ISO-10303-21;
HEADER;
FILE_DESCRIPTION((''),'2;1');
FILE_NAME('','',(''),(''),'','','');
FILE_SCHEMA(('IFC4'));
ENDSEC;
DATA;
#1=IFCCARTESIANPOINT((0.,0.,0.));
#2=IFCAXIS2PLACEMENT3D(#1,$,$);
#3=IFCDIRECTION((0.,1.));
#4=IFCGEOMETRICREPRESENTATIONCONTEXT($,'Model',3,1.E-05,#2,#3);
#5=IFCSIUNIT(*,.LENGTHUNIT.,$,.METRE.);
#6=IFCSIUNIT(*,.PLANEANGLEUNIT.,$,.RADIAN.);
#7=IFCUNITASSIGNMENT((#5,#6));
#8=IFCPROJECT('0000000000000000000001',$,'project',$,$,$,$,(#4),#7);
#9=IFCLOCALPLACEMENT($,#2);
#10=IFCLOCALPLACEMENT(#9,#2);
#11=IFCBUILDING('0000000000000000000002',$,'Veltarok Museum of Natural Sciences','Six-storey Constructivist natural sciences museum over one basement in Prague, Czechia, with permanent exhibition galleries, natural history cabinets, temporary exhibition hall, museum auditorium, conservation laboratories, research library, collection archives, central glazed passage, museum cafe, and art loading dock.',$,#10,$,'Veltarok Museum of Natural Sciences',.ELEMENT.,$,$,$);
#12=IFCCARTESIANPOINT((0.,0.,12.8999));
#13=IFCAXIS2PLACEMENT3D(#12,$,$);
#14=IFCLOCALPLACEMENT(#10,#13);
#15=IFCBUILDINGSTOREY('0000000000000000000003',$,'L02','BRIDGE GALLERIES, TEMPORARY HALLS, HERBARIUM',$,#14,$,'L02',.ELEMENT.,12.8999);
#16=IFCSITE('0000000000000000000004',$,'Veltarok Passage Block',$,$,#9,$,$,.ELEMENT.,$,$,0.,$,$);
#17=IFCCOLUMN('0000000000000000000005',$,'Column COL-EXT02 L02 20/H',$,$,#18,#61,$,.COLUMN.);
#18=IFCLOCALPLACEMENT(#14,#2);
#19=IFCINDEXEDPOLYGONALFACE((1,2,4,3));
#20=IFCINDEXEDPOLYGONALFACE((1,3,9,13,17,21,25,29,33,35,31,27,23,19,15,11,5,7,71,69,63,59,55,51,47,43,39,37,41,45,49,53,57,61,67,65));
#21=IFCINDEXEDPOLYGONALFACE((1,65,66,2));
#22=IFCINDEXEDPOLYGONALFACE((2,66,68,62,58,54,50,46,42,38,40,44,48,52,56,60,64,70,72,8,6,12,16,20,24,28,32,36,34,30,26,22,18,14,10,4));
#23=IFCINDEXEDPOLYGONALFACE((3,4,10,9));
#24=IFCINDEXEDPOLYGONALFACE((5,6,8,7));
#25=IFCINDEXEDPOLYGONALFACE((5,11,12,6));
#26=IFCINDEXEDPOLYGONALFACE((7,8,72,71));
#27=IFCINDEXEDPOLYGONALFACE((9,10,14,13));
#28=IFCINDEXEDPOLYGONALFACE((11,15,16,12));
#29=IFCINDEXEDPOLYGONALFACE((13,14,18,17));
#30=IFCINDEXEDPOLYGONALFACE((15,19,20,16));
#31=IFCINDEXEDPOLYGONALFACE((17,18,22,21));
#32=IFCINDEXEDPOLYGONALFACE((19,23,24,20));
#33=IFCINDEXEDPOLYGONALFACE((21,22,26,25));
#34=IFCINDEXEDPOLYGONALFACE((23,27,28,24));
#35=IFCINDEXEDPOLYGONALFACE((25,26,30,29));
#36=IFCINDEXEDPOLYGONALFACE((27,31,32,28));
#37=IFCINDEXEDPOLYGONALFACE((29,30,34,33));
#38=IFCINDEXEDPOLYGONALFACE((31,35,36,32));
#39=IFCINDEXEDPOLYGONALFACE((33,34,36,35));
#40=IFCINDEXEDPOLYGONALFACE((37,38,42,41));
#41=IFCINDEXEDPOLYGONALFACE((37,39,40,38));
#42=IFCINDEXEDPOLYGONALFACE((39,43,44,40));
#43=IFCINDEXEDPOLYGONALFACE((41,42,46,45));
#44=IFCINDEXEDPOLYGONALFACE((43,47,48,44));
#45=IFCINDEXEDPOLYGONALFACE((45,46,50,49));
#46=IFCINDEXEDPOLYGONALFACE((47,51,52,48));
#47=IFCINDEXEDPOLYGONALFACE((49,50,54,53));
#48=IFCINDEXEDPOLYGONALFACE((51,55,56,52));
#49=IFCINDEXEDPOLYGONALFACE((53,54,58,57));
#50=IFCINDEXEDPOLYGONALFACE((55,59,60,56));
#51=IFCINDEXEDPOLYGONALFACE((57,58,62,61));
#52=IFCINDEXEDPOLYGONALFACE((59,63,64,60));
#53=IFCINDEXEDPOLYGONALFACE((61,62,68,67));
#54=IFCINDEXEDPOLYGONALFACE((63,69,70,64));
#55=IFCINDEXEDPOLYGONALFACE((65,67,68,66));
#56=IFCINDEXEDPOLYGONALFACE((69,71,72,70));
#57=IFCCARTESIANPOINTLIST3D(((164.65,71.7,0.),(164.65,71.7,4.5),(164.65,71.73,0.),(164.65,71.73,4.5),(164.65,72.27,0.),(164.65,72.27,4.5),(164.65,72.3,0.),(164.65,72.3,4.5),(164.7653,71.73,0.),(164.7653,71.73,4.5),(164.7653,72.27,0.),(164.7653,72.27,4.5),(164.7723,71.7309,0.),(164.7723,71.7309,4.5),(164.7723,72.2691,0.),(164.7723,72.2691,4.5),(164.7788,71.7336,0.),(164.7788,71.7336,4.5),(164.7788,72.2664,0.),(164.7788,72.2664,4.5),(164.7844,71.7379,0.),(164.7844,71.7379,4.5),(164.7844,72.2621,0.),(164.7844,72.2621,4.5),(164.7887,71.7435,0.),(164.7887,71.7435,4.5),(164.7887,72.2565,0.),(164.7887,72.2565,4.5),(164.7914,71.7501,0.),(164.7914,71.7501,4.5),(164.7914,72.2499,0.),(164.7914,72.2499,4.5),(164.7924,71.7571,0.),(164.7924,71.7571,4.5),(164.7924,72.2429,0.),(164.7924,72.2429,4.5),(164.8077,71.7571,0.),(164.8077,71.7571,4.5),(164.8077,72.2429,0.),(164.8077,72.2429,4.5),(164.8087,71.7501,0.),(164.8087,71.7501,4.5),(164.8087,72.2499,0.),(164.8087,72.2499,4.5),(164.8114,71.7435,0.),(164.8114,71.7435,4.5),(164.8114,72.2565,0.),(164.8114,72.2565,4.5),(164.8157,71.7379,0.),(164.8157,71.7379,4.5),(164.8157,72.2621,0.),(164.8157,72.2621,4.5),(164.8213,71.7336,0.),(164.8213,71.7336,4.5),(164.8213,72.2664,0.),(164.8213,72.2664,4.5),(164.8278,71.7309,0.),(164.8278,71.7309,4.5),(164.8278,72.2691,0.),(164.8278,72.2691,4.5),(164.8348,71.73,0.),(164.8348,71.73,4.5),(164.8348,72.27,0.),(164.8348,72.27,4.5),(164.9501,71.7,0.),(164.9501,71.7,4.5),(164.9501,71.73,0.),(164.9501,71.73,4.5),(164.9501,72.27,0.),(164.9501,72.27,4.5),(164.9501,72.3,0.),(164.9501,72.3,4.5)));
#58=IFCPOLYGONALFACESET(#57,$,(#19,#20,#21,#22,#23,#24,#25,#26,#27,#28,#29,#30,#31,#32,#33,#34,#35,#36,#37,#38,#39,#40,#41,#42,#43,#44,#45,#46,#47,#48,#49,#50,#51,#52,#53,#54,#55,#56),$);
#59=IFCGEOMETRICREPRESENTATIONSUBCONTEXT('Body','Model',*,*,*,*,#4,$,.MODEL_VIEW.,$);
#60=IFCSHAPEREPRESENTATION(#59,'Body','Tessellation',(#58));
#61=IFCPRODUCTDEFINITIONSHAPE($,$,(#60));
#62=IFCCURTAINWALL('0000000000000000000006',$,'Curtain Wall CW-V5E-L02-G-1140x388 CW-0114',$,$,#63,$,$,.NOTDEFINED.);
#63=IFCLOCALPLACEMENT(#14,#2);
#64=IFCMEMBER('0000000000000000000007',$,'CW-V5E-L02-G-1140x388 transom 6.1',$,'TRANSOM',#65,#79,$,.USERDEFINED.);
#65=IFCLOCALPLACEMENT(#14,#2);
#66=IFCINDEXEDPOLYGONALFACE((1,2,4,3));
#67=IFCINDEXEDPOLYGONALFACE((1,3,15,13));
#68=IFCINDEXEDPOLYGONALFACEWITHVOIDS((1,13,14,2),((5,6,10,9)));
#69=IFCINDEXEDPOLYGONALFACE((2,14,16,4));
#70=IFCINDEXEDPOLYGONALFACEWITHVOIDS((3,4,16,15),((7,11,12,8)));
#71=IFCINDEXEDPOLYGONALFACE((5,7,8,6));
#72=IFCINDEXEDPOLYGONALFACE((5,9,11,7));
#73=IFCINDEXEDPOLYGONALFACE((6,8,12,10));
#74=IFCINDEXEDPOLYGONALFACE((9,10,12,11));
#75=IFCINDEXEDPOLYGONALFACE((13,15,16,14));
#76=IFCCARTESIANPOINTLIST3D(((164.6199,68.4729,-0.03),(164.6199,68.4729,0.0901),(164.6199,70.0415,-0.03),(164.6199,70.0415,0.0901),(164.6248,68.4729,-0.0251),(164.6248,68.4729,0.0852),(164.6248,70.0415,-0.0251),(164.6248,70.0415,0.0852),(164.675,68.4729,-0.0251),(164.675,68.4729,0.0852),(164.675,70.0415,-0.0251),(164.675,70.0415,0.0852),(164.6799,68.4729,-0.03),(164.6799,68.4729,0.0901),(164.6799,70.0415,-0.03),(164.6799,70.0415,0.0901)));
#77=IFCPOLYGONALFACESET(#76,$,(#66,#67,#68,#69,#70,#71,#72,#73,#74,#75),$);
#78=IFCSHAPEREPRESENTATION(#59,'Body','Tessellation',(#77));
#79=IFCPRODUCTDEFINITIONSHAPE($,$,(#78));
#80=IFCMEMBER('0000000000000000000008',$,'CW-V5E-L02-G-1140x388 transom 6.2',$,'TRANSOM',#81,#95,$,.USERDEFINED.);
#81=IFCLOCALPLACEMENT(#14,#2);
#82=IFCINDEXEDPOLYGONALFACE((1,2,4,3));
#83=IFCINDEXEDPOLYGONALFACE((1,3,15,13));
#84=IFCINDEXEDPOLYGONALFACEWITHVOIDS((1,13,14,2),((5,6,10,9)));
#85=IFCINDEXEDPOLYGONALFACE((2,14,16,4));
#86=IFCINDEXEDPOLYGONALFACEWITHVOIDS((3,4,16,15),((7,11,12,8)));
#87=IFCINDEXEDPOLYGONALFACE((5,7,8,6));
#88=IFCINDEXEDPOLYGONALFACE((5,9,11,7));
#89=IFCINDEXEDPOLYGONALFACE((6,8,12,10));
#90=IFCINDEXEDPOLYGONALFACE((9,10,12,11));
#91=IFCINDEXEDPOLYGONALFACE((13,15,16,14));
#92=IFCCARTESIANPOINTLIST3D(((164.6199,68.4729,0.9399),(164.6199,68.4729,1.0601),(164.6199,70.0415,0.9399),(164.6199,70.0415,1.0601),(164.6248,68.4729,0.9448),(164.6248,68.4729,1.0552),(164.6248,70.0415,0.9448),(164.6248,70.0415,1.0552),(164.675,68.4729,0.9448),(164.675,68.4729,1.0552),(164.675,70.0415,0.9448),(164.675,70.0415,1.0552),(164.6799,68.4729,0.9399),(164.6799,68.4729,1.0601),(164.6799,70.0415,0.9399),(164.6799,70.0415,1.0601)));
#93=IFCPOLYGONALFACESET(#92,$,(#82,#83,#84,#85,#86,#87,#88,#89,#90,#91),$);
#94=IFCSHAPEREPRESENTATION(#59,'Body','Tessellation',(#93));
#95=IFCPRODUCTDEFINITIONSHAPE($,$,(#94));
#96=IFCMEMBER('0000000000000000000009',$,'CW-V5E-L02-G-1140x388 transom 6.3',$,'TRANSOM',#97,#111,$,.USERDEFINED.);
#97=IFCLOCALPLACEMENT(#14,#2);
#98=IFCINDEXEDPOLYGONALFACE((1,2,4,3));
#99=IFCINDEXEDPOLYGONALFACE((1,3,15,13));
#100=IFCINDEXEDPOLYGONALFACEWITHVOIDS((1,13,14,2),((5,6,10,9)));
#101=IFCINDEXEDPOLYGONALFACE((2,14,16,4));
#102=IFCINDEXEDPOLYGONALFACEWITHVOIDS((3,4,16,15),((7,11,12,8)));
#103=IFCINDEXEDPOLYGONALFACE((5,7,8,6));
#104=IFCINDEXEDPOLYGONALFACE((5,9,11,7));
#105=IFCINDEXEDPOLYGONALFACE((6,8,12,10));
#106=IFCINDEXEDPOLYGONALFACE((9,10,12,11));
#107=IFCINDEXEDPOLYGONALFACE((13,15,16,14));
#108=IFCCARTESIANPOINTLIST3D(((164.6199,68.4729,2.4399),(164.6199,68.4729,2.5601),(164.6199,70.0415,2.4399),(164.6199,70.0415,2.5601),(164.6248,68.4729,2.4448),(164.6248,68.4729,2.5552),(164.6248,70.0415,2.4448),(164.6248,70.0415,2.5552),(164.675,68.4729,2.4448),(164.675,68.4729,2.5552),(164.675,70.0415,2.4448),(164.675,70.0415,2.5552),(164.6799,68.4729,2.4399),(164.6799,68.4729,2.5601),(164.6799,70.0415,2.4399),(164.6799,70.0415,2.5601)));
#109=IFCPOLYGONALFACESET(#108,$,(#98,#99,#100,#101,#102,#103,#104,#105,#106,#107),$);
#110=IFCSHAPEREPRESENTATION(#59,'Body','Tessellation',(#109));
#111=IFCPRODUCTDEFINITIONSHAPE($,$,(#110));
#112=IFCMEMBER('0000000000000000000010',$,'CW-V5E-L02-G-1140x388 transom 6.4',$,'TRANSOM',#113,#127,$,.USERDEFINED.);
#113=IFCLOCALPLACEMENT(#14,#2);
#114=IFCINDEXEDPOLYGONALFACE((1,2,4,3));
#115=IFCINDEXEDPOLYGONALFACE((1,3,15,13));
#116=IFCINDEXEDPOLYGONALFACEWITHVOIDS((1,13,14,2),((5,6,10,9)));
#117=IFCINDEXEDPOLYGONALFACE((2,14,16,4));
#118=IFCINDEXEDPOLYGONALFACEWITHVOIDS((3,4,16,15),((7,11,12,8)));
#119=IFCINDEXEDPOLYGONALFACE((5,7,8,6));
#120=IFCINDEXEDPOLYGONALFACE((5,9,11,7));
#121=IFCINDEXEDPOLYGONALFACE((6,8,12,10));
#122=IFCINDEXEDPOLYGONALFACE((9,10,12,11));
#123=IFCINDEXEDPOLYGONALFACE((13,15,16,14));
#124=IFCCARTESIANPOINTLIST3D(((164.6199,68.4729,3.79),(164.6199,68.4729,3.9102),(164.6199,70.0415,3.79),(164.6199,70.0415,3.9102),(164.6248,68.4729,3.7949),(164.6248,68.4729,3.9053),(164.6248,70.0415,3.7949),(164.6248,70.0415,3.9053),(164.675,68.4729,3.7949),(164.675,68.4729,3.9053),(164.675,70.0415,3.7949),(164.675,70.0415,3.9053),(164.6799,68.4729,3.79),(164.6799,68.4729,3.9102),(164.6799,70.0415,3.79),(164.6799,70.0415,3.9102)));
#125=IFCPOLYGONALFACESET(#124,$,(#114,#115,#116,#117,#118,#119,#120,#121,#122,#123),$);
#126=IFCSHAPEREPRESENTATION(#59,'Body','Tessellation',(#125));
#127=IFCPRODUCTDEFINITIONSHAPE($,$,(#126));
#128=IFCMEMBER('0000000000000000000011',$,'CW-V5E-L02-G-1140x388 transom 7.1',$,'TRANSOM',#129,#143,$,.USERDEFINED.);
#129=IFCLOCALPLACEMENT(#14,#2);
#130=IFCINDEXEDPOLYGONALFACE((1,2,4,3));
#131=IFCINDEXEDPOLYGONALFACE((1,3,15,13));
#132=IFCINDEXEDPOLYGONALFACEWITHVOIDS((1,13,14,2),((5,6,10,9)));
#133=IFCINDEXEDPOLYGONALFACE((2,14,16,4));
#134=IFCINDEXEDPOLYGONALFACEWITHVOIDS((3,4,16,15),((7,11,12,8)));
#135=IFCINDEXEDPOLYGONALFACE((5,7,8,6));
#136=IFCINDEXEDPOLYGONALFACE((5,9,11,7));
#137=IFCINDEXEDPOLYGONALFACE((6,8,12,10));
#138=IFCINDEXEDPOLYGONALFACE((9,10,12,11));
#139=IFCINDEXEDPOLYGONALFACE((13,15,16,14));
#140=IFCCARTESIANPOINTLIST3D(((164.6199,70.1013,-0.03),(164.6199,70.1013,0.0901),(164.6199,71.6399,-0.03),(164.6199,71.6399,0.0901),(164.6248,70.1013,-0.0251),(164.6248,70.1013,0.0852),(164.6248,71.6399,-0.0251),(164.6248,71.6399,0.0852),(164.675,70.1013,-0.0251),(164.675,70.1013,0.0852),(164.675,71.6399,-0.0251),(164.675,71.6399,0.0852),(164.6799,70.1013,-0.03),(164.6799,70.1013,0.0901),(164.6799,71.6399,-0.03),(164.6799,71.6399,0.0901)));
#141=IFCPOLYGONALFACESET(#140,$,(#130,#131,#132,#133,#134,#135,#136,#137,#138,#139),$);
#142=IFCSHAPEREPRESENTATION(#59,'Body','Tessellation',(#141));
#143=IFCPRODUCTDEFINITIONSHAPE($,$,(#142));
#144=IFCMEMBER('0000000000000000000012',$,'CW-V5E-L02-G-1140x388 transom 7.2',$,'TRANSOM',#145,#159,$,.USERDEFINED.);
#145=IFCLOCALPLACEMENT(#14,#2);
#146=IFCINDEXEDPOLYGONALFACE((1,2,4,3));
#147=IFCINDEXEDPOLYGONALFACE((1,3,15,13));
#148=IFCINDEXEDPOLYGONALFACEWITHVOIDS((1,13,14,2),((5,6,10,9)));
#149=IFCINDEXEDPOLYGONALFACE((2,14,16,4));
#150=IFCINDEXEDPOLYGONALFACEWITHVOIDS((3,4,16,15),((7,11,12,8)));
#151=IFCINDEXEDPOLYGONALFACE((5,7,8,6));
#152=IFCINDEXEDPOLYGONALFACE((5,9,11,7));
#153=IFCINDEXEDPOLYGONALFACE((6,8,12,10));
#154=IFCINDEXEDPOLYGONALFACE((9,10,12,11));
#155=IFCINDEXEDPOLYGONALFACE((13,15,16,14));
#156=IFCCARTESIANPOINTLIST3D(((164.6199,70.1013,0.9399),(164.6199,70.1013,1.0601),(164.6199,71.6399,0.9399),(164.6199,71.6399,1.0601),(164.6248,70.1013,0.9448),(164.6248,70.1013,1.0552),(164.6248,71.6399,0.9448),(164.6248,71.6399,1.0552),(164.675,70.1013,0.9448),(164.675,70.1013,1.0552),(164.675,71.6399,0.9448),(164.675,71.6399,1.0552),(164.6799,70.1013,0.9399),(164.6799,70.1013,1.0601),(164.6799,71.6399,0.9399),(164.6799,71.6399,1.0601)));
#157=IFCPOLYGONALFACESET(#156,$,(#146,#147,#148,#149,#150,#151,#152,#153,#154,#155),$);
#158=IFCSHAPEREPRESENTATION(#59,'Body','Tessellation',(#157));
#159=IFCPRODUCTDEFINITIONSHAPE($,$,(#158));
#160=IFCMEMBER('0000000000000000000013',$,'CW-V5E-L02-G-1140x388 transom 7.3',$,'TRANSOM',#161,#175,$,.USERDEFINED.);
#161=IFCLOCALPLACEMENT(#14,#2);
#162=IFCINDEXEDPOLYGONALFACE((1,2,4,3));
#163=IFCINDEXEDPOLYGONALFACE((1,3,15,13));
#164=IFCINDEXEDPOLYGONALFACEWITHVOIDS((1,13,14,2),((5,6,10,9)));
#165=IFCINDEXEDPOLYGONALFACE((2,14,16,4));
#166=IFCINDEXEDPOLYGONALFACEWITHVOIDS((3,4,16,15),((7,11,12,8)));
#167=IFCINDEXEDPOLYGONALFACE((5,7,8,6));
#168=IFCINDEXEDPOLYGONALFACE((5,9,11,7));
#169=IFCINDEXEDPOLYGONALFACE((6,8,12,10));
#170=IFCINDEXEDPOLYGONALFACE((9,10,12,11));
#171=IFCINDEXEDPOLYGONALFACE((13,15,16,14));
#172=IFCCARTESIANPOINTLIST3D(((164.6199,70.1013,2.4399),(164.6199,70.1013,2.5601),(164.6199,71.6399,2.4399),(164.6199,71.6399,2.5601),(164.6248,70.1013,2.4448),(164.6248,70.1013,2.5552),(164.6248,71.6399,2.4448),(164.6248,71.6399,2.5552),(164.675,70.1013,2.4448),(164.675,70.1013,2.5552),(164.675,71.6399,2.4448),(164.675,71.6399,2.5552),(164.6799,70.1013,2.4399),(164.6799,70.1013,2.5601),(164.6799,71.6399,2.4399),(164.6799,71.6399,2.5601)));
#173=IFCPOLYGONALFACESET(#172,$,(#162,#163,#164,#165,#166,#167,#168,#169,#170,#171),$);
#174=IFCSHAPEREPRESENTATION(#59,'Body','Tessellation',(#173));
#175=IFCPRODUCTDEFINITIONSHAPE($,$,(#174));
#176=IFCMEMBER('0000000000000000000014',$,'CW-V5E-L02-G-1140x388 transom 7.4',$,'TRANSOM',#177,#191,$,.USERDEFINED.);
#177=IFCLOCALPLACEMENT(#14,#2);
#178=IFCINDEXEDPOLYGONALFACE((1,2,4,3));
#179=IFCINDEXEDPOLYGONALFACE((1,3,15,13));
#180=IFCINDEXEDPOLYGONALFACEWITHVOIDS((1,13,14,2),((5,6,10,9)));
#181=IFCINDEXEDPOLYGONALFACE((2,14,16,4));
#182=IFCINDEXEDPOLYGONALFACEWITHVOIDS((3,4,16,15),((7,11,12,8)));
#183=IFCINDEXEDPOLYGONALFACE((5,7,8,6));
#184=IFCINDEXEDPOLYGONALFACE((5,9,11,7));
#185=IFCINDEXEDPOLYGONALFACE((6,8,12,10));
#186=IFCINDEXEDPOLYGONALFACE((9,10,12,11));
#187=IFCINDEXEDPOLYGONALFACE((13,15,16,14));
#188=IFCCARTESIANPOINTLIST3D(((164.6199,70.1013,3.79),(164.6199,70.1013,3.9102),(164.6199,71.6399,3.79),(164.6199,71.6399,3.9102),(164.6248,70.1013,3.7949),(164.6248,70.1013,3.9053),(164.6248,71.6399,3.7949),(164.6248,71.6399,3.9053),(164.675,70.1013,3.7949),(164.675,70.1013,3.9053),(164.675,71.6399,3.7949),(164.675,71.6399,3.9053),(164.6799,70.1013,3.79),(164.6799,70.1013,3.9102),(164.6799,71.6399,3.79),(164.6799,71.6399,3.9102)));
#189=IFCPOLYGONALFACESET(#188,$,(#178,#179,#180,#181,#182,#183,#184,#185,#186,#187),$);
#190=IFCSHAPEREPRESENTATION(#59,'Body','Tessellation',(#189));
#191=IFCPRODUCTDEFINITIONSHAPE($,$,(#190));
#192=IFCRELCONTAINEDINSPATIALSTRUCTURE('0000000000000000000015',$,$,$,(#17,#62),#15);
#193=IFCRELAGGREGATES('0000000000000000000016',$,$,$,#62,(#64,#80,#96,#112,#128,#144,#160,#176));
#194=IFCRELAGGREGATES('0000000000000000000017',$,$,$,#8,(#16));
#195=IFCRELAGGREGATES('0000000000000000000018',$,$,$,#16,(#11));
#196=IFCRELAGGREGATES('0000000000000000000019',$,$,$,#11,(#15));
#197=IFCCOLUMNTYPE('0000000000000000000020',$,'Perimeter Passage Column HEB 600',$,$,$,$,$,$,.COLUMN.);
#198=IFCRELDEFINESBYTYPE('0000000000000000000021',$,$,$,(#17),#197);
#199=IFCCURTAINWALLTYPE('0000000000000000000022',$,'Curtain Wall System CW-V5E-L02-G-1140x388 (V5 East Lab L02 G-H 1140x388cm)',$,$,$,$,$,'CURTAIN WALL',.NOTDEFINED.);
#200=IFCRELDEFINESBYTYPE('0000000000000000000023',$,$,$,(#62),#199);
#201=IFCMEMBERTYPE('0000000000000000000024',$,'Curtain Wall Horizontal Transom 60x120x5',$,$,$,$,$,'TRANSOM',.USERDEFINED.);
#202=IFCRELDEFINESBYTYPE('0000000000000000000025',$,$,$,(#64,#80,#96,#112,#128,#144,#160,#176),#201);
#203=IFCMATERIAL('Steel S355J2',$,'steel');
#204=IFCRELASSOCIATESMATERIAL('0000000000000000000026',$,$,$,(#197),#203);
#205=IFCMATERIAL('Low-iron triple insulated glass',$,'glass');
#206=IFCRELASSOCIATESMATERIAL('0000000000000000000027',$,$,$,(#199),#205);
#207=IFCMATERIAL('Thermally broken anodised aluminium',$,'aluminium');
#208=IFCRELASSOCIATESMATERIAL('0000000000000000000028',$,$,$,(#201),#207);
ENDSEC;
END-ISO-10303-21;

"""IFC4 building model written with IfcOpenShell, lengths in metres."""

from ifc_helpers import new_model, si_unit, direction, frame, origin, origin_2d, place, context, subcontext, project, spatial, hollow_rectangle, i_section, extrude, material, material_profile, profile_set, type_object, element, aggregate, save


model = new_model("IFC4")

# Units and contexts
model_context = context("Model", 3, precision=1e-05, world=origin(), true_north=direction((0.0, 1.0)))
body_context = subcontext(model_context, "Body", "Model", "MODEL_VIEW")
ifc_project = project(units=[si_unit("LENGTHUNIT", "METRE"), si_unit("PLANEANGLEUNIT", "RADIAN")], contexts=[model_context])

# Site, building, storey
site_placement = place(None, origin())
site = spatial("IfcSite", under=ifc_project, at=site_placement, Name="Veltarok Passage Block", CompositionType="ELEMENT", RefElevation=0.0)
building_placement = place(site_placement, origin())
building = spatial("IfcBuilding", under=site, at=building_placement, Name="Veltarok Museum of Natural Sciences", Description="Six-storey Constructivist natural sciences museum over one basement in Prague, Czechia, with permanent exhibition galleries, natural history cabinets, temporary exhibition hall, museum auditorium, conservation laboratories, research library, collection archives, central glazed passage, museum cafe, and art loading dock.", LongName="Veltarok Museum of Natural Sciences", CompositionType="ELEMENT")
storey_placement = place(building_placement, frame((0.0, 0.0, 12.8999)))
storey = spatial("IfcBuildingStorey", under=building, at=storey_placement, Name="L02", Description="BRIDGE GALLERIES, TEMPORARY HALLS, HERBARIUM", LongName="L02", CompositionType="ELEMENT", Elevation=12.8999)

# Column
ifc_material_1 = material(Name="Steel S355J2", Category="steel")
ifc_material_profile_1 = material_profile(ifc_material_1, i_section(OverallWidth=0.3, OverallDepth=0.6001, WebThickness=0.0154, FlangeThickness=0.03, FilletRadius=0.0271, at=origin_2d()), Name="HEB 600")
ifc_profile_set_1 = profile_set([ifc_material_profile_1], Name="Steel S355J2")
column_type = type_object("IfcColumnType", Name="Perimeter Passage Column HEB 600", PredefinedType="COLUMN", material=ifc_profile_set_1)
column_placement = place(storey_placement, frame((164.8, 72.0, 0.0), z_axis=(0.0, 0.0, 1.0), x_axis=(1.0, 0.0, 0.0)))
element("IfcColumn", 1, at=column_placement, inside=storey, type_object=column_type, Name="Column COL-EXT02 L02 20/H", PredefinedType="COLUMN", context=body_context, shape_type="SweptSolid", body=[
    extrude(i_section(OverallWidth=0.3, OverallDepth=0.6001, WebThickness=0.0154, FlangeThickness=0.03, FilletRadius=0.0271, at=origin_2d()), origin(), (0.0, 0.0, 1.0), 4.5),
])

# Curtain wall, members
ifc_material_2 = material(Name="Low-iron triple insulated glass", Category="glass")
curtain_wall_type_1 = type_object("IfcCurtainWallType", Name="Curtain Wall System CW-V5E-L02-G-1140x388 (V5 East Lab L02 G-H 1140x388cm)", ElementType="CURTAIN WALL", PredefinedType="NOTDEFINED", material=ifc_material_2)
curtain_wall_1_placement = place(storey_placement, origin())
curtain_wall_1 = element("IfcCurtainWall", 2, at=curtain_wall_1_placement, inside=storey, type_object=curtain_wall_type_1, Name="Curtain Wall CW-V5E-L02-G-1140x388 CW-0114", PredefinedType="NOTDEFINED")
ifc_material_3 = material(Name="Thermally broken anodised aluminium", Category="aluminium")
ifc_material_profile_2 = material_profile(ifc_material_3, hollow_rectangle(XDim=0.0601, YDim=0.1201, WallThickness=0.0049, at=origin_2d()), Name="CW TRANSOM 60x120x5")
ifc_profile_set_2 = profile_set([ifc_material_profile_2], Name="Thermally broken anodised aluminium")
member_type_1 = type_object("IfcMemberType", Name="Curtain Wall Horizontal Transom 60x120x5", ElementType="TRANSOM", PredefinedType="USERDEFINED", material=ifc_profile_set_2)
member_1_placement = place(storey_placement, frame((164.6499, 68.4729, 0.03), z_axis=(0.0, 1.0, 0.0), x_axis=(-1.0, 0.0, 0.0)))
member_1 = element("IfcMember", 3, at=member_1_placement, type_object=member_type_1, Name="CW-V5E-L02-G-1140x388 transom 6.1", ObjectType="TRANSOM", PredefinedType="USERDEFINED", context=body_context, shape_type="SweptSolid", body=[
    extrude(hollow_rectangle(XDim=0.0601, YDim=0.1201, WallThickness=0.0049, at=origin_2d()), origin(), (0.0, 0.0, 1.0), 1.5686),
])
member_2_placement = place(storey_placement, frame((164.6499, 68.4729, 1.0), z_axis=(0.0, 1.0, 0.0), x_axis=(-1.0, 0.0, 0.0)))
member_2 = element("IfcMember", 4, at=member_2_placement, type_object=member_type_1, Name="CW-V5E-L02-G-1140x388 transom 6.2", ObjectType="TRANSOM", PredefinedType="USERDEFINED", context=body_context, shape_type="SweptSolid", body=[
    extrude(hollow_rectangle(XDim=0.0601, YDim=0.1201, WallThickness=0.0049, at=origin_2d()), origin(), (0.0, 0.0, 1.0), 1.5686),
])
member_3_placement = place(storey_placement, frame((164.6499, 68.4729, 2.5), z_axis=(0.0, 1.0, 0.0), x_axis=(-1.0, 0.0, 0.0)))
member_3 = element("IfcMember", 5, at=member_3_placement, type_object=member_type_1, Name="CW-V5E-L02-G-1140x388 transom 6.3", ObjectType="TRANSOM", PredefinedType="USERDEFINED", context=body_context, shape_type="SweptSolid", body=[
    extrude(hollow_rectangle(XDim=0.0601, YDim=0.1201, WallThickness=0.0049, at=origin_2d()), origin(), (0.0, 0.0, 1.0), 1.5686),
])
member_4_placement = place(storey_placement, frame((164.6499, 68.4729, 3.8501), z_axis=(0.0, 1.0, 0.0), x_axis=(-1.0, 0.0, 0.0)))
member_4 = element("IfcMember", 6, at=member_4_placement, type_object=member_type_1, Name="CW-V5E-L02-G-1140x388 transom 6.4", ObjectType="TRANSOM", PredefinedType="USERDEFINED", context=body_context, shape_type="SweptSolid", body=[
    extrude(hollow_rectangle(XDim=0.0601, YDim=0.1201, WallThickness=0.0049, at=origin_2d()), origin(), (0.0, 0.0, 1.0), 1.5686),
])
member_5_placement = place(storey_placement, frame((164.6499, 70.1013, 0.03), z_axis=(0.0, 1.0, 0.0), x_axis=(-1.0, 0.0, 0.0)))
member_5 = element("IfcMember", 7, at=member_5_placement, type_object=member_type_1, Name="CW-V5E-L02-G-1140x388 transom 7.1", ObjectType="TRANSOM", PredefinedType="USERDEFINED", context=body_context, shape_type="SweptSolid", body=[
    extrude(hollow_rectangle(XDim=0.0601, YDim=0.1201, WallThickness=0.0049, at=origin_2d()), origin(), (0.0, 0.0, 1.0), 1.5386),
])
member_6_placement = place(storey_placement, frame((164.6499, 70.1013, 1.0), z_axis=(0.0, 1.0, 0.0), x_axis=(-1.0, 0.0, 0.0)))
member_6 = element("IfcMember", 8, at=member_6_placement, type_object=member_type_1, Name="CW-V5E-L02-G-1140x388 transom 7.2", ObjectType="TRANSOM", PredefinedType="USERDEFINED", context=body_context, shape_type="SweptSolid", body=[
    extrude(hollow_rectangle(XDim=0.0601, YDim=0.1201, WallThickness=0.0049, at=origin_2d()), origin(), (0.0, 0.0, 1.0), 1.5386),
])
member_7_placement = place(storey_placement, frame((164.6499, 70.1013, 2.5), z_axis=(0.0, 1.0, 0.0), x_axis=(-1.0, 0.0, 0.0)))
member_7 = element("IfcMember", 9, at=member_7_placement, type_object=member_type_1, Name="CW-V5E-L02-G-1140x388 transom 7.3", ObjectType="TRANSOM", PredefinedType="USERDEFINED", context=body_context, shape_type="SweptSolid", body=[
    extrude(hollow_rectangle(XDim=0.0601, YDim=0.1201, WallThickness=0.0049, at=origin_2d()), origin(), (0.0, 0.0, 1.0), 1.5386),
])
member_8_placement = place(storey_placement, frame((164.6499, 70.1013, 3.8501), z_axis=(0.0, 1.0, 0.0), x_axis=(-1.0, 0.0, 0.0)))
member_8 = element("IfcMember", 10, at=member_8_placement, type_object=member_type_1, Name="CW-V5E-L02-G-1140x388 transom 7.4", ObjectType="TRANSOM", PredefinedType="USERDEFINED", context=body_context, shape_type="SweptSolid", body=[
    extrude(hollow_rectangle(XDim=0.0601, YDim=0.1201, WallThickness=0.0049, at=origin_2d()), origin(), (0.0, 0.0, 1.0), 1.5386),
])

aggregate(curtain_wall_1, [member_1, member_2, member_3, member_4, member_5, member_6, member_7, member_8])

save(model, "model.ifc")
